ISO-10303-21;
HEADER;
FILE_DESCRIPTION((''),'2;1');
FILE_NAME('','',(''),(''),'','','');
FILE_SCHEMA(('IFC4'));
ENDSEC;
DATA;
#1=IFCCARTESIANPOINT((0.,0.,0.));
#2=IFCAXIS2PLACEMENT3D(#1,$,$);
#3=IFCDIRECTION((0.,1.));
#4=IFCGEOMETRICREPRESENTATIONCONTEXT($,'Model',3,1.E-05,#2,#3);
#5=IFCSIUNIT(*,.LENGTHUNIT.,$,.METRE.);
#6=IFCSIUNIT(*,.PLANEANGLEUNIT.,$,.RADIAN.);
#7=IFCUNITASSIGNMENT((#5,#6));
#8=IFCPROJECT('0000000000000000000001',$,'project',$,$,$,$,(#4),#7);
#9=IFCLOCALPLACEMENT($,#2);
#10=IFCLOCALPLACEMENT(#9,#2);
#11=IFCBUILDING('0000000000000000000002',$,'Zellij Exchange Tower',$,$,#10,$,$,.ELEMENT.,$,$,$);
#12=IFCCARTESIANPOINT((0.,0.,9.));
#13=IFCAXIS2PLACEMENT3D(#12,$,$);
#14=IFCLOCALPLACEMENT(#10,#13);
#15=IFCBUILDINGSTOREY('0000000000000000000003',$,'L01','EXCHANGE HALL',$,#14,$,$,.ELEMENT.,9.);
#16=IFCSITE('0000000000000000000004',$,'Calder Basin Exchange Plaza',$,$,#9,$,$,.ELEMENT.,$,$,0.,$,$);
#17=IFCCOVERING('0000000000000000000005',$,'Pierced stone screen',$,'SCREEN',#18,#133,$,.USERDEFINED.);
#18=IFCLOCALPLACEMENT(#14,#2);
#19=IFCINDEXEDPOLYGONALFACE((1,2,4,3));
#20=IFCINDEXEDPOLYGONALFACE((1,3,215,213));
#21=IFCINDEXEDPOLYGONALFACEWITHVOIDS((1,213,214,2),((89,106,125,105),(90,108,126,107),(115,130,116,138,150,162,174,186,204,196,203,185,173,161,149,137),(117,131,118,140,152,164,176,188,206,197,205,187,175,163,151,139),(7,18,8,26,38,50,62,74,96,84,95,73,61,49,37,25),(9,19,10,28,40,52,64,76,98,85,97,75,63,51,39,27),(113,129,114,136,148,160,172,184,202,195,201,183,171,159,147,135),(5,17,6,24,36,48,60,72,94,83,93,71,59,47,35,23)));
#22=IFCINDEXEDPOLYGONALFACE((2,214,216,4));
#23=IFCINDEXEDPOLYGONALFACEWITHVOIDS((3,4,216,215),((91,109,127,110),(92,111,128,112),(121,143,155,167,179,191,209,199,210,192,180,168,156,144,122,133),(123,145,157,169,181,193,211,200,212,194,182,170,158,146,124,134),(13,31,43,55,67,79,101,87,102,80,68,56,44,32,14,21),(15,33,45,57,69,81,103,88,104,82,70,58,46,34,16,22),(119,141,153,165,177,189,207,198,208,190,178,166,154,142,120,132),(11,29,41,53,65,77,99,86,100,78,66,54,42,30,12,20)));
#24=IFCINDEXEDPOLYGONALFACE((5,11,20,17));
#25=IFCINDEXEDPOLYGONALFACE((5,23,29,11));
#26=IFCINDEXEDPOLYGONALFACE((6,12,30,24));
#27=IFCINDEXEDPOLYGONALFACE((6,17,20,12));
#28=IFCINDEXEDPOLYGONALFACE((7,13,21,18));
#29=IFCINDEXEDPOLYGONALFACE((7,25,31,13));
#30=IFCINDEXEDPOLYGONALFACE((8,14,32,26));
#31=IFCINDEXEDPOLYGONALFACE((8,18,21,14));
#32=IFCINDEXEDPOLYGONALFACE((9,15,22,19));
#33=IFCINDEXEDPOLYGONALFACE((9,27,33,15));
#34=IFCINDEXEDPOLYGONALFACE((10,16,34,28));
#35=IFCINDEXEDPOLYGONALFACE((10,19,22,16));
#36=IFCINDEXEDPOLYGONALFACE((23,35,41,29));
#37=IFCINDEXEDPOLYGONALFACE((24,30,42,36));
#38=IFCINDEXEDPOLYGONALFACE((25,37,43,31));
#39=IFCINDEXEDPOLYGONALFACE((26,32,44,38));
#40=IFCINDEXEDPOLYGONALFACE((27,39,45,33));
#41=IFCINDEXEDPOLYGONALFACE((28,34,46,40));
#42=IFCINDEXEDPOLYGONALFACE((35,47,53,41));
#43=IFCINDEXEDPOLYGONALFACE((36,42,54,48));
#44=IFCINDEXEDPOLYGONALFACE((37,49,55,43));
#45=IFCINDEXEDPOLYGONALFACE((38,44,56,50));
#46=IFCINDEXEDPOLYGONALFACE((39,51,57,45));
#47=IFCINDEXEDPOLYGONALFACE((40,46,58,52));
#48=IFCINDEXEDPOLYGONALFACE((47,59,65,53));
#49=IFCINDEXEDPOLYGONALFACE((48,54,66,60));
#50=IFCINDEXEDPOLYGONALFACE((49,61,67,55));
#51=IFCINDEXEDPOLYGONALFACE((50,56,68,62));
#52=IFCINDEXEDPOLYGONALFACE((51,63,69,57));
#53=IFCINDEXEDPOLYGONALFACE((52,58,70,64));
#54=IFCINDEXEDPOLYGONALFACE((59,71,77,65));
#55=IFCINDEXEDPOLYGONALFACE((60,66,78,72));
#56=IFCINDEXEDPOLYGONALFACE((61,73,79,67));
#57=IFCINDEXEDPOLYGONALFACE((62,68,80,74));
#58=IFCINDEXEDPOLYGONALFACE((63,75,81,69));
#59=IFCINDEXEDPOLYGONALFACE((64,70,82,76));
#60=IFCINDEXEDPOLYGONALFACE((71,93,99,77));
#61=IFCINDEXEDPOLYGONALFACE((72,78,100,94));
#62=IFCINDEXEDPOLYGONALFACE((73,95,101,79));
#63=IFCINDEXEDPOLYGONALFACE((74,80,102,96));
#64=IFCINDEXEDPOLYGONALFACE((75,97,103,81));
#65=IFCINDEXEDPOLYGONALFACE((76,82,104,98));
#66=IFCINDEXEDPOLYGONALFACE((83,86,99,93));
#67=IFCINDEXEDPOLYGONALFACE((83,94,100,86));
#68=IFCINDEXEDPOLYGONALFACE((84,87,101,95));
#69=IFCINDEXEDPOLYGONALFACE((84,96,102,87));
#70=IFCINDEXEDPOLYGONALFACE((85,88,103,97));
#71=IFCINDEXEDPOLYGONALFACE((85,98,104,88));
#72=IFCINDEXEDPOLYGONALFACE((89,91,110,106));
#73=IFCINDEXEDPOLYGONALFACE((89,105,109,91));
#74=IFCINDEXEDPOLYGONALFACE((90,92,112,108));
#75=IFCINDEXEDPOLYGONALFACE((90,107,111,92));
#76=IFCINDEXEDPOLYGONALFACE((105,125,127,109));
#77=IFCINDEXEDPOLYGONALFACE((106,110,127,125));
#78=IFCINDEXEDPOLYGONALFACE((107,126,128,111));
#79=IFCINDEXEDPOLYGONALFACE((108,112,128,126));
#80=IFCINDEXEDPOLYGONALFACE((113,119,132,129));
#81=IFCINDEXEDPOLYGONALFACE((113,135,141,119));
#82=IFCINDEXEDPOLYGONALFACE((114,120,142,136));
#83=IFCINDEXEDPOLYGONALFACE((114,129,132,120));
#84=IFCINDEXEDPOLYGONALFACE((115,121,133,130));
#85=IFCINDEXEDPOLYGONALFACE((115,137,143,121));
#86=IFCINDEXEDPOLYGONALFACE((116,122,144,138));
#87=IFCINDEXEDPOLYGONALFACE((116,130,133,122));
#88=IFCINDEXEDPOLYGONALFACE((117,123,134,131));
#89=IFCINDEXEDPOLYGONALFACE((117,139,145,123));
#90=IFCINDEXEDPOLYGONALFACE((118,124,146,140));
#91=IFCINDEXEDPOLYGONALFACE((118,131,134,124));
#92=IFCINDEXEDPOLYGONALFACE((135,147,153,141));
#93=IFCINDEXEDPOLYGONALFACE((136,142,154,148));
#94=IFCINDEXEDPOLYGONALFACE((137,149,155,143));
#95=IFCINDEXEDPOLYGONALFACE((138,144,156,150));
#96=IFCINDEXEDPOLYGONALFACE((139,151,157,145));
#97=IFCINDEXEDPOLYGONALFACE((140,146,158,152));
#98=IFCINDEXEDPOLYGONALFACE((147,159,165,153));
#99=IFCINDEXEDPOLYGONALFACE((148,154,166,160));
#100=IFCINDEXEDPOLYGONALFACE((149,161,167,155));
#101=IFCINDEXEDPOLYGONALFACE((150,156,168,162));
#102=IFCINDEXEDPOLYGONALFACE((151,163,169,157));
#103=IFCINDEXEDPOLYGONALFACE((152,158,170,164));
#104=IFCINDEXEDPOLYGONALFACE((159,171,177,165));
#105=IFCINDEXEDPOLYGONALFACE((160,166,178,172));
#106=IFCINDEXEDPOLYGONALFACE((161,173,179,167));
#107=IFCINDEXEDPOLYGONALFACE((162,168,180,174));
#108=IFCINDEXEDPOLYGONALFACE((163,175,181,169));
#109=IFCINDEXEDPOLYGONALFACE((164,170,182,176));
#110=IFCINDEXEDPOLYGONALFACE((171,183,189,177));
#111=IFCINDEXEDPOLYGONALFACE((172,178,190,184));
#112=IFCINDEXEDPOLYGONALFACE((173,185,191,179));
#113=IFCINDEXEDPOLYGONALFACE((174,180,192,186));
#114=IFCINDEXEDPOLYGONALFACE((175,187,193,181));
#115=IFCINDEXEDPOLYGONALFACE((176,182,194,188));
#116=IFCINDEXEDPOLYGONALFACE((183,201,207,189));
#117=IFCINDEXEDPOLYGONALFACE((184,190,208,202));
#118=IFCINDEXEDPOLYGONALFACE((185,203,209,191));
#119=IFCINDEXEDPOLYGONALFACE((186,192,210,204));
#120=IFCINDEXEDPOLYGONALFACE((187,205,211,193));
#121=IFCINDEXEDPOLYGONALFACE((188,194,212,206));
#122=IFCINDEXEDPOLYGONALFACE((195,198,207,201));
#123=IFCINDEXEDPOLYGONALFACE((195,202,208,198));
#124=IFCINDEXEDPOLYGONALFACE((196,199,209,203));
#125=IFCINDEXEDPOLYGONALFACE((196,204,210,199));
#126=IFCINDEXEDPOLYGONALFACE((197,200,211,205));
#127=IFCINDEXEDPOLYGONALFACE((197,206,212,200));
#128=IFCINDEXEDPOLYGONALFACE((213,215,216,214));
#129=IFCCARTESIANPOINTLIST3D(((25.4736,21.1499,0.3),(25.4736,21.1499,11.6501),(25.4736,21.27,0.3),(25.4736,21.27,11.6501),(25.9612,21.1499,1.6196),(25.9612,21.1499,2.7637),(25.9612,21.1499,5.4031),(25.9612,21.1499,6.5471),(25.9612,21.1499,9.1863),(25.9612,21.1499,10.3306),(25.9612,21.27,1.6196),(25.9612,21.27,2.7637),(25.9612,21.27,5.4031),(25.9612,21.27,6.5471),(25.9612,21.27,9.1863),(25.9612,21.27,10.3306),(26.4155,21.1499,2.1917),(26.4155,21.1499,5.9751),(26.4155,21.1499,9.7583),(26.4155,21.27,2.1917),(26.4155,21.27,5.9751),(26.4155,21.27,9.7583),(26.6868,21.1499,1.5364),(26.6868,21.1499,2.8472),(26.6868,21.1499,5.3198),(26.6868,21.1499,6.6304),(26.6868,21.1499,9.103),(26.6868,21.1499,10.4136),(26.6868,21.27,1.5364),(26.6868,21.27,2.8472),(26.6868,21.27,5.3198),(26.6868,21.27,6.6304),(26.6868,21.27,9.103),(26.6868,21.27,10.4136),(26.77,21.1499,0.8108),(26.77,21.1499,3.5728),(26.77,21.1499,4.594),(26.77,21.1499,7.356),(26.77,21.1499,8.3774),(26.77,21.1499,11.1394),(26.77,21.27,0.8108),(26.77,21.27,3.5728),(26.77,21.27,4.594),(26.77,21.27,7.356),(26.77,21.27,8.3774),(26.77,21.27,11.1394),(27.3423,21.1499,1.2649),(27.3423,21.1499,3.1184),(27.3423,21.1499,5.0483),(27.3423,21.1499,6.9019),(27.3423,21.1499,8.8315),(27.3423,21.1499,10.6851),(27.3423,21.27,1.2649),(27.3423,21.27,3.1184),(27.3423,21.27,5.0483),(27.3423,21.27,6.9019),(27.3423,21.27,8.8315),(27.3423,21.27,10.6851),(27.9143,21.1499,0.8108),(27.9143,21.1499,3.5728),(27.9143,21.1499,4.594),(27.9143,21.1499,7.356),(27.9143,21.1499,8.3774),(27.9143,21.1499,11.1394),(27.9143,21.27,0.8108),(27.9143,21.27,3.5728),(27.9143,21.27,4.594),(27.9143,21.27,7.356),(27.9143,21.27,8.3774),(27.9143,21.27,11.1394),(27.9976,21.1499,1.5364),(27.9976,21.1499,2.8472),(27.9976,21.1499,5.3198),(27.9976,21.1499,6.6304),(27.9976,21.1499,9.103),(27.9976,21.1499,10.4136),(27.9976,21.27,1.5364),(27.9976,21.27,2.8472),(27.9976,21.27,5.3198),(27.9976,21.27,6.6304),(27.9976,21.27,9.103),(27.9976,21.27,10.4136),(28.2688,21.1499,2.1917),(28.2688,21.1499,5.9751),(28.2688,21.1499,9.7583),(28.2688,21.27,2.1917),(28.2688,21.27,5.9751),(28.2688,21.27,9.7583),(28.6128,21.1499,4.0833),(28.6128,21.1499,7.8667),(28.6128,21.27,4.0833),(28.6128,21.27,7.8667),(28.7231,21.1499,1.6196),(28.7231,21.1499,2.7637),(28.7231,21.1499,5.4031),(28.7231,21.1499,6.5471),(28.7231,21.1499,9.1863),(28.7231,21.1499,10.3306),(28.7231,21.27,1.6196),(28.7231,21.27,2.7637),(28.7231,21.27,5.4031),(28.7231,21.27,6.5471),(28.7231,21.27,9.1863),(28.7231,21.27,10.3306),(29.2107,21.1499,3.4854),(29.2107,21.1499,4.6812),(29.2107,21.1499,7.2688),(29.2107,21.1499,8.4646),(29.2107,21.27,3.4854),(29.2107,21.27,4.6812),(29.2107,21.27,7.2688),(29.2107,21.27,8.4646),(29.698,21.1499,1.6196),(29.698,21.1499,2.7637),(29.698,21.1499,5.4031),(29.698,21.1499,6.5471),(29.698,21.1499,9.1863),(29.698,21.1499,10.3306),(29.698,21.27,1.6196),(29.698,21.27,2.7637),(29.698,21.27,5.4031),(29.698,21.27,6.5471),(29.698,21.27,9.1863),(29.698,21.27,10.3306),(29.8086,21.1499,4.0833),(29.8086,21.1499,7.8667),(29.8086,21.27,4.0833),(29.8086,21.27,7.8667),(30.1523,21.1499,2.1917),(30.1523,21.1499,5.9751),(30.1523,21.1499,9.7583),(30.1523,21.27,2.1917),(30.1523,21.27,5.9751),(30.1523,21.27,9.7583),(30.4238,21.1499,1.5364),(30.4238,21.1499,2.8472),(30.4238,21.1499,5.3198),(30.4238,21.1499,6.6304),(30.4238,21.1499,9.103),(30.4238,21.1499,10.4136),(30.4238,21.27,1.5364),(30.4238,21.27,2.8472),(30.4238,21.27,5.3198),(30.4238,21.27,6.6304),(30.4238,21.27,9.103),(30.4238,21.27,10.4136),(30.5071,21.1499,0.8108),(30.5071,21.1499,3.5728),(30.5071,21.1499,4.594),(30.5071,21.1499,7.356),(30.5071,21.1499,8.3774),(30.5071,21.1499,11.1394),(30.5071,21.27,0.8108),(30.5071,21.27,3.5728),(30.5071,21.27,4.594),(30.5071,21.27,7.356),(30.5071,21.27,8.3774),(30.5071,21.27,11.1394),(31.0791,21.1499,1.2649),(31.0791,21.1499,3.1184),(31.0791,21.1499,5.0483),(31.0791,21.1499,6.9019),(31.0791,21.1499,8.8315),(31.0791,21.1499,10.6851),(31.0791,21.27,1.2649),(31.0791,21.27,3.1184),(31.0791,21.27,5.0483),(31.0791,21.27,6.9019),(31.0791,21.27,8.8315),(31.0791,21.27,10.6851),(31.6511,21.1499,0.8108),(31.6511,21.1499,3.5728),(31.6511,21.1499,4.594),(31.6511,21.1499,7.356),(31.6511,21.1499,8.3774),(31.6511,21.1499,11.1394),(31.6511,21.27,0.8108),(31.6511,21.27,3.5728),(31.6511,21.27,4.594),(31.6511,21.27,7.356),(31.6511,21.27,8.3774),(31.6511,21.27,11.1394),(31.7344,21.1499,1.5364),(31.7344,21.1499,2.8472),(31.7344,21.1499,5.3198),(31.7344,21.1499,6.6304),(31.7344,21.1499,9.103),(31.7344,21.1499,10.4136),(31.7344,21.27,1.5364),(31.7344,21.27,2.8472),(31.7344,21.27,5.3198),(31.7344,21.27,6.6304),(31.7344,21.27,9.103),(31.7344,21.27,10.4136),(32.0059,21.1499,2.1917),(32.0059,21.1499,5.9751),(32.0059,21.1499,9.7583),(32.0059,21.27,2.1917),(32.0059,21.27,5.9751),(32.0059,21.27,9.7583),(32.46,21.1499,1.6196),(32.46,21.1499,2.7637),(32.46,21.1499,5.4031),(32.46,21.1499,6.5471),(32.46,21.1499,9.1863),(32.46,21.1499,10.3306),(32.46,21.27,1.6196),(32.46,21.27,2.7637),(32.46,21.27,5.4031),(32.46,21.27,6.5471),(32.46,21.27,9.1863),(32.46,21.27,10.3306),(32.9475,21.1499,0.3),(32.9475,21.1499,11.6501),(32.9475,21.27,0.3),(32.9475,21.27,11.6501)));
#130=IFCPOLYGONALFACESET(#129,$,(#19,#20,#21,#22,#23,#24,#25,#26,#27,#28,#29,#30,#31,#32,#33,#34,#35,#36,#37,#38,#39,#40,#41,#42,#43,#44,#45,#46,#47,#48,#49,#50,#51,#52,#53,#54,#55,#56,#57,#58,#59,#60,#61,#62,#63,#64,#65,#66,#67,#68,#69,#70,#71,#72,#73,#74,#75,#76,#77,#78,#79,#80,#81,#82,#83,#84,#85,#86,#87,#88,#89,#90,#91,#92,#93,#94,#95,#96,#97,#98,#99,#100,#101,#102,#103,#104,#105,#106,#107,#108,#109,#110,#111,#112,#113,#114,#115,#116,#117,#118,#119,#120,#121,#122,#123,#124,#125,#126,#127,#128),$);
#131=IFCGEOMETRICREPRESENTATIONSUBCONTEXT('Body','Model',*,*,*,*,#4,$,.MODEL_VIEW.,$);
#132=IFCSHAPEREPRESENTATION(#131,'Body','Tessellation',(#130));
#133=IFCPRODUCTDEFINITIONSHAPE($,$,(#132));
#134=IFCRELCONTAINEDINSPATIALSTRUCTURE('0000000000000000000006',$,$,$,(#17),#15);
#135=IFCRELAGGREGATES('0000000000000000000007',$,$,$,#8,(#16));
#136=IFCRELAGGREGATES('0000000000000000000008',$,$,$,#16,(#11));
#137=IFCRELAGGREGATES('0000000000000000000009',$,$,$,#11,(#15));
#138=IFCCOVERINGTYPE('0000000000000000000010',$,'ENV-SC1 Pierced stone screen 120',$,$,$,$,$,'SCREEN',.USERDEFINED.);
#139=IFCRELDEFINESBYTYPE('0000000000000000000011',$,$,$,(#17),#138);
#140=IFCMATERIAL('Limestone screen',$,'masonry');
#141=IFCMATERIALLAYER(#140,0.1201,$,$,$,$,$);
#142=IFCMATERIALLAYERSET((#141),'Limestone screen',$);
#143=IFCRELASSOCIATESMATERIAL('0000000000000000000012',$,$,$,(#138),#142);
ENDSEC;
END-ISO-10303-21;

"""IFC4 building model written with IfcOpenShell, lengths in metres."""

from ifc_helpers import new_model, si_unit, direction, frame, origin, place, context, subcontext, project, spatial, polyline, outline, extrude, material, layer, layer_set, type_object, element, save


model = new_model("IFC4")

# Units and contexts
model_context = context("Model", 3, precision=1e-05, world=origin(), true_north=direction((0.0, 1.0)))
body_context = subcontext(model_context, "Body", "Model", "MODEL_VIEW")
ifc_project = project(units=[si_unit("LENGTHUNIT", "METRE"), si_unit("PLANEANGLEUNIT", "RADIAN")], contexts=[model_context])

# Site, building, storey
site_placement = place(None, origin())
site = spatial("IfcSite", under=ifc_project, at=site_placement, Name="Calder Basin Exchange Plaza", CompositionType="ELEMENT", RefElevation=0.0)
building_placement = place(site_placement, origin())
building = spatial("IfcBuilding", under=site, at=building_placement, Name="Zellij Exchange Tower", CompositionType="ELEMENT")
storey_placement = place(building_placement, frame((0.0, 0.0, 9.0)))
storey = spatial("IfcBuildingStorey", under=building, at=storey_placement, Name="L01", Description="EXCHANGE HALL", CompositionType="ELEMENT", Elevation=9.0)

# Covering
ifc_material_1 = material(Name="Limestone screen", Category="masonry")
ifc_layer_1 = layer(ifc_material_1, 0.1201)
ifc_layer_set_1 = layer_set([ifc_layer_1], Name="Limestone screen")
covering_type = type_object("IfcCoveringType", Name="ENV-SC1 Pierced stone screen 120", ElementType="SCREEN", PredefinedType="USERDEFINED", material=ifc_layer_set_1)
covering_1_placement = place(storey_placement, frame((32.9475, 21.21, 0.3), z_axis=(0.0, 0.0, 1.0), x_axis=(-1.0, 0.0, 0.0)))
element("IfcCovering", 1, at=covering_1_placement, inside=storey, type_object=covering_type, Name="Pierced stone screen", ObjectType="SCREEN", PredefinedType="USERDEFINED", context=body_context, shape_type="SweptSolid", body=[
    extrude(outline(polyline([(0.0, 0.0), (7.4739, 0.0), (7.4739, 11.3501), (0.0, 11.3501), (0.0, 0.0)]), holes=[polyline([(3.2495, 2.4636), (2.5237, 2.5471), (2.4404, 3.2727), (1.8684, 2.8184), (1.2964, 3.2727), (1.2131, 2.5471), (0.4875, 2.4636), (0.9417, 1.8916), (0.4875, 1.3196), (1.2131, 1.2363), (1.2964, 0.5107), (1.8684, 0.9648), (2.4404, 0.5107), (2.5237, 1.2363), (3.2495, 1.3196), (2.7952, 1.8916), (3.2495, 2.4636)]), polyline([(3.2495, 6.2471), (2.5237, 6.3303), (2.4404, 7.0559), (1.8684, 6.6018), (1.2964, 7.0559), (1.2131, 6.3303), (0.4875, 6.2471), (0.9417, 5.675), (0.4875, 5.103), (1.2131, 5.0198), (1.2964, 4.2939), (1.8684, 4.7483), (2.4404, 4.2939), (2.5237, 5.0198), (3.2495, 5.103), (2.7952, 5.675), (3.2495, 6.2471)]), polyline([(3.2495, 10.0305), (2.5237, 10.1135), (2.4404, 10.8394), (1.8684, 10.385), (1.2964, 10.8394), (1.2131, 10.1135), (0.4875, 10.0305), (0.9417, 9.4583), (0.4875, 8.8862), (1.2131, 8.803), (1.2964, 8.0774), (1.8684, 8.5315), (2.4404, 8.0774), (2.5237, 8.803), (3.2495, 8.8862), (2.7952, 9.4583), (3.2495, 10.0305)]), polyline([(6.9863, 2.4636), (6.2607, 2.5471), (6.1775, 3.2727), (5.6052, 2.8184), (5.0332, 3.2727), (4.95, 2.5471), (4.2244, 2.4636), (4.6787, 1.8916), (4.2244, 1.3196), (4.95, 1.2363), (5.0332, 0.5107), (5.6052, 0.9648), (6.1775, 0.5107), (6.2607, 1.2363), (6.9863, 1.3196), (6.532, 1.8916), (6.9863, 2.4636)]), polyline([(6.9863, 6.2471), (6.2607, 6.3303), (6.1775, 7.0559), (5.6052, 6.6018), (5.0332, 7.0559), (4.95, 6.3303), (4.2244, 6.2471), (4.6787, 5.675), (4.2244, 5.103), (4.95, 5.0198), (5.0332, 4.2939), (5.6052, 4.7483), (6.1775, 4.2939), (6.2607, 5.0198), (6.9863, 5.103), (6.532, 5.675), (6.9863, 6.2471)]), polyline([(6.9863, 10.0305), (6.2607, 10.1135), (6.1775, 10.8394), (5.6052, 10.385), (5.0332, 10.8394), (4.95, 10.1135), (4.2244, 10.0305), (4.6787, 9.4583), (4.2244, 8.8862), (4.95, 8.803), (5.0332, 8.0774), (5.6052, 8.5315), (6.1775, 8.0774), (6.2607, 8.803), (6.9863, 8.8862), (6.532, 9.4583), (6.9863, 10.0305)]), polyline([(4.3347, 3.7832), (3.7368, 4.3811), (3.1389, 3.7832), (3.7368, 3.1853), (4.3347, 3.7832)]), polyline([(4.3347, 7.5667), (3.7368, 8.1646), (3.1389, 7.5667), (3.7368, 6.9688), (4.3347, 7.5667)])]), frame((0.0, 0.0601, 0.0), z_axis=(0.0, -1.0, 0.0), x_axis=(1.0, 0.0, 0.0)), (0.0, 0.0, 1.0), 0.1201),
])

save(model, "model.ifc")
